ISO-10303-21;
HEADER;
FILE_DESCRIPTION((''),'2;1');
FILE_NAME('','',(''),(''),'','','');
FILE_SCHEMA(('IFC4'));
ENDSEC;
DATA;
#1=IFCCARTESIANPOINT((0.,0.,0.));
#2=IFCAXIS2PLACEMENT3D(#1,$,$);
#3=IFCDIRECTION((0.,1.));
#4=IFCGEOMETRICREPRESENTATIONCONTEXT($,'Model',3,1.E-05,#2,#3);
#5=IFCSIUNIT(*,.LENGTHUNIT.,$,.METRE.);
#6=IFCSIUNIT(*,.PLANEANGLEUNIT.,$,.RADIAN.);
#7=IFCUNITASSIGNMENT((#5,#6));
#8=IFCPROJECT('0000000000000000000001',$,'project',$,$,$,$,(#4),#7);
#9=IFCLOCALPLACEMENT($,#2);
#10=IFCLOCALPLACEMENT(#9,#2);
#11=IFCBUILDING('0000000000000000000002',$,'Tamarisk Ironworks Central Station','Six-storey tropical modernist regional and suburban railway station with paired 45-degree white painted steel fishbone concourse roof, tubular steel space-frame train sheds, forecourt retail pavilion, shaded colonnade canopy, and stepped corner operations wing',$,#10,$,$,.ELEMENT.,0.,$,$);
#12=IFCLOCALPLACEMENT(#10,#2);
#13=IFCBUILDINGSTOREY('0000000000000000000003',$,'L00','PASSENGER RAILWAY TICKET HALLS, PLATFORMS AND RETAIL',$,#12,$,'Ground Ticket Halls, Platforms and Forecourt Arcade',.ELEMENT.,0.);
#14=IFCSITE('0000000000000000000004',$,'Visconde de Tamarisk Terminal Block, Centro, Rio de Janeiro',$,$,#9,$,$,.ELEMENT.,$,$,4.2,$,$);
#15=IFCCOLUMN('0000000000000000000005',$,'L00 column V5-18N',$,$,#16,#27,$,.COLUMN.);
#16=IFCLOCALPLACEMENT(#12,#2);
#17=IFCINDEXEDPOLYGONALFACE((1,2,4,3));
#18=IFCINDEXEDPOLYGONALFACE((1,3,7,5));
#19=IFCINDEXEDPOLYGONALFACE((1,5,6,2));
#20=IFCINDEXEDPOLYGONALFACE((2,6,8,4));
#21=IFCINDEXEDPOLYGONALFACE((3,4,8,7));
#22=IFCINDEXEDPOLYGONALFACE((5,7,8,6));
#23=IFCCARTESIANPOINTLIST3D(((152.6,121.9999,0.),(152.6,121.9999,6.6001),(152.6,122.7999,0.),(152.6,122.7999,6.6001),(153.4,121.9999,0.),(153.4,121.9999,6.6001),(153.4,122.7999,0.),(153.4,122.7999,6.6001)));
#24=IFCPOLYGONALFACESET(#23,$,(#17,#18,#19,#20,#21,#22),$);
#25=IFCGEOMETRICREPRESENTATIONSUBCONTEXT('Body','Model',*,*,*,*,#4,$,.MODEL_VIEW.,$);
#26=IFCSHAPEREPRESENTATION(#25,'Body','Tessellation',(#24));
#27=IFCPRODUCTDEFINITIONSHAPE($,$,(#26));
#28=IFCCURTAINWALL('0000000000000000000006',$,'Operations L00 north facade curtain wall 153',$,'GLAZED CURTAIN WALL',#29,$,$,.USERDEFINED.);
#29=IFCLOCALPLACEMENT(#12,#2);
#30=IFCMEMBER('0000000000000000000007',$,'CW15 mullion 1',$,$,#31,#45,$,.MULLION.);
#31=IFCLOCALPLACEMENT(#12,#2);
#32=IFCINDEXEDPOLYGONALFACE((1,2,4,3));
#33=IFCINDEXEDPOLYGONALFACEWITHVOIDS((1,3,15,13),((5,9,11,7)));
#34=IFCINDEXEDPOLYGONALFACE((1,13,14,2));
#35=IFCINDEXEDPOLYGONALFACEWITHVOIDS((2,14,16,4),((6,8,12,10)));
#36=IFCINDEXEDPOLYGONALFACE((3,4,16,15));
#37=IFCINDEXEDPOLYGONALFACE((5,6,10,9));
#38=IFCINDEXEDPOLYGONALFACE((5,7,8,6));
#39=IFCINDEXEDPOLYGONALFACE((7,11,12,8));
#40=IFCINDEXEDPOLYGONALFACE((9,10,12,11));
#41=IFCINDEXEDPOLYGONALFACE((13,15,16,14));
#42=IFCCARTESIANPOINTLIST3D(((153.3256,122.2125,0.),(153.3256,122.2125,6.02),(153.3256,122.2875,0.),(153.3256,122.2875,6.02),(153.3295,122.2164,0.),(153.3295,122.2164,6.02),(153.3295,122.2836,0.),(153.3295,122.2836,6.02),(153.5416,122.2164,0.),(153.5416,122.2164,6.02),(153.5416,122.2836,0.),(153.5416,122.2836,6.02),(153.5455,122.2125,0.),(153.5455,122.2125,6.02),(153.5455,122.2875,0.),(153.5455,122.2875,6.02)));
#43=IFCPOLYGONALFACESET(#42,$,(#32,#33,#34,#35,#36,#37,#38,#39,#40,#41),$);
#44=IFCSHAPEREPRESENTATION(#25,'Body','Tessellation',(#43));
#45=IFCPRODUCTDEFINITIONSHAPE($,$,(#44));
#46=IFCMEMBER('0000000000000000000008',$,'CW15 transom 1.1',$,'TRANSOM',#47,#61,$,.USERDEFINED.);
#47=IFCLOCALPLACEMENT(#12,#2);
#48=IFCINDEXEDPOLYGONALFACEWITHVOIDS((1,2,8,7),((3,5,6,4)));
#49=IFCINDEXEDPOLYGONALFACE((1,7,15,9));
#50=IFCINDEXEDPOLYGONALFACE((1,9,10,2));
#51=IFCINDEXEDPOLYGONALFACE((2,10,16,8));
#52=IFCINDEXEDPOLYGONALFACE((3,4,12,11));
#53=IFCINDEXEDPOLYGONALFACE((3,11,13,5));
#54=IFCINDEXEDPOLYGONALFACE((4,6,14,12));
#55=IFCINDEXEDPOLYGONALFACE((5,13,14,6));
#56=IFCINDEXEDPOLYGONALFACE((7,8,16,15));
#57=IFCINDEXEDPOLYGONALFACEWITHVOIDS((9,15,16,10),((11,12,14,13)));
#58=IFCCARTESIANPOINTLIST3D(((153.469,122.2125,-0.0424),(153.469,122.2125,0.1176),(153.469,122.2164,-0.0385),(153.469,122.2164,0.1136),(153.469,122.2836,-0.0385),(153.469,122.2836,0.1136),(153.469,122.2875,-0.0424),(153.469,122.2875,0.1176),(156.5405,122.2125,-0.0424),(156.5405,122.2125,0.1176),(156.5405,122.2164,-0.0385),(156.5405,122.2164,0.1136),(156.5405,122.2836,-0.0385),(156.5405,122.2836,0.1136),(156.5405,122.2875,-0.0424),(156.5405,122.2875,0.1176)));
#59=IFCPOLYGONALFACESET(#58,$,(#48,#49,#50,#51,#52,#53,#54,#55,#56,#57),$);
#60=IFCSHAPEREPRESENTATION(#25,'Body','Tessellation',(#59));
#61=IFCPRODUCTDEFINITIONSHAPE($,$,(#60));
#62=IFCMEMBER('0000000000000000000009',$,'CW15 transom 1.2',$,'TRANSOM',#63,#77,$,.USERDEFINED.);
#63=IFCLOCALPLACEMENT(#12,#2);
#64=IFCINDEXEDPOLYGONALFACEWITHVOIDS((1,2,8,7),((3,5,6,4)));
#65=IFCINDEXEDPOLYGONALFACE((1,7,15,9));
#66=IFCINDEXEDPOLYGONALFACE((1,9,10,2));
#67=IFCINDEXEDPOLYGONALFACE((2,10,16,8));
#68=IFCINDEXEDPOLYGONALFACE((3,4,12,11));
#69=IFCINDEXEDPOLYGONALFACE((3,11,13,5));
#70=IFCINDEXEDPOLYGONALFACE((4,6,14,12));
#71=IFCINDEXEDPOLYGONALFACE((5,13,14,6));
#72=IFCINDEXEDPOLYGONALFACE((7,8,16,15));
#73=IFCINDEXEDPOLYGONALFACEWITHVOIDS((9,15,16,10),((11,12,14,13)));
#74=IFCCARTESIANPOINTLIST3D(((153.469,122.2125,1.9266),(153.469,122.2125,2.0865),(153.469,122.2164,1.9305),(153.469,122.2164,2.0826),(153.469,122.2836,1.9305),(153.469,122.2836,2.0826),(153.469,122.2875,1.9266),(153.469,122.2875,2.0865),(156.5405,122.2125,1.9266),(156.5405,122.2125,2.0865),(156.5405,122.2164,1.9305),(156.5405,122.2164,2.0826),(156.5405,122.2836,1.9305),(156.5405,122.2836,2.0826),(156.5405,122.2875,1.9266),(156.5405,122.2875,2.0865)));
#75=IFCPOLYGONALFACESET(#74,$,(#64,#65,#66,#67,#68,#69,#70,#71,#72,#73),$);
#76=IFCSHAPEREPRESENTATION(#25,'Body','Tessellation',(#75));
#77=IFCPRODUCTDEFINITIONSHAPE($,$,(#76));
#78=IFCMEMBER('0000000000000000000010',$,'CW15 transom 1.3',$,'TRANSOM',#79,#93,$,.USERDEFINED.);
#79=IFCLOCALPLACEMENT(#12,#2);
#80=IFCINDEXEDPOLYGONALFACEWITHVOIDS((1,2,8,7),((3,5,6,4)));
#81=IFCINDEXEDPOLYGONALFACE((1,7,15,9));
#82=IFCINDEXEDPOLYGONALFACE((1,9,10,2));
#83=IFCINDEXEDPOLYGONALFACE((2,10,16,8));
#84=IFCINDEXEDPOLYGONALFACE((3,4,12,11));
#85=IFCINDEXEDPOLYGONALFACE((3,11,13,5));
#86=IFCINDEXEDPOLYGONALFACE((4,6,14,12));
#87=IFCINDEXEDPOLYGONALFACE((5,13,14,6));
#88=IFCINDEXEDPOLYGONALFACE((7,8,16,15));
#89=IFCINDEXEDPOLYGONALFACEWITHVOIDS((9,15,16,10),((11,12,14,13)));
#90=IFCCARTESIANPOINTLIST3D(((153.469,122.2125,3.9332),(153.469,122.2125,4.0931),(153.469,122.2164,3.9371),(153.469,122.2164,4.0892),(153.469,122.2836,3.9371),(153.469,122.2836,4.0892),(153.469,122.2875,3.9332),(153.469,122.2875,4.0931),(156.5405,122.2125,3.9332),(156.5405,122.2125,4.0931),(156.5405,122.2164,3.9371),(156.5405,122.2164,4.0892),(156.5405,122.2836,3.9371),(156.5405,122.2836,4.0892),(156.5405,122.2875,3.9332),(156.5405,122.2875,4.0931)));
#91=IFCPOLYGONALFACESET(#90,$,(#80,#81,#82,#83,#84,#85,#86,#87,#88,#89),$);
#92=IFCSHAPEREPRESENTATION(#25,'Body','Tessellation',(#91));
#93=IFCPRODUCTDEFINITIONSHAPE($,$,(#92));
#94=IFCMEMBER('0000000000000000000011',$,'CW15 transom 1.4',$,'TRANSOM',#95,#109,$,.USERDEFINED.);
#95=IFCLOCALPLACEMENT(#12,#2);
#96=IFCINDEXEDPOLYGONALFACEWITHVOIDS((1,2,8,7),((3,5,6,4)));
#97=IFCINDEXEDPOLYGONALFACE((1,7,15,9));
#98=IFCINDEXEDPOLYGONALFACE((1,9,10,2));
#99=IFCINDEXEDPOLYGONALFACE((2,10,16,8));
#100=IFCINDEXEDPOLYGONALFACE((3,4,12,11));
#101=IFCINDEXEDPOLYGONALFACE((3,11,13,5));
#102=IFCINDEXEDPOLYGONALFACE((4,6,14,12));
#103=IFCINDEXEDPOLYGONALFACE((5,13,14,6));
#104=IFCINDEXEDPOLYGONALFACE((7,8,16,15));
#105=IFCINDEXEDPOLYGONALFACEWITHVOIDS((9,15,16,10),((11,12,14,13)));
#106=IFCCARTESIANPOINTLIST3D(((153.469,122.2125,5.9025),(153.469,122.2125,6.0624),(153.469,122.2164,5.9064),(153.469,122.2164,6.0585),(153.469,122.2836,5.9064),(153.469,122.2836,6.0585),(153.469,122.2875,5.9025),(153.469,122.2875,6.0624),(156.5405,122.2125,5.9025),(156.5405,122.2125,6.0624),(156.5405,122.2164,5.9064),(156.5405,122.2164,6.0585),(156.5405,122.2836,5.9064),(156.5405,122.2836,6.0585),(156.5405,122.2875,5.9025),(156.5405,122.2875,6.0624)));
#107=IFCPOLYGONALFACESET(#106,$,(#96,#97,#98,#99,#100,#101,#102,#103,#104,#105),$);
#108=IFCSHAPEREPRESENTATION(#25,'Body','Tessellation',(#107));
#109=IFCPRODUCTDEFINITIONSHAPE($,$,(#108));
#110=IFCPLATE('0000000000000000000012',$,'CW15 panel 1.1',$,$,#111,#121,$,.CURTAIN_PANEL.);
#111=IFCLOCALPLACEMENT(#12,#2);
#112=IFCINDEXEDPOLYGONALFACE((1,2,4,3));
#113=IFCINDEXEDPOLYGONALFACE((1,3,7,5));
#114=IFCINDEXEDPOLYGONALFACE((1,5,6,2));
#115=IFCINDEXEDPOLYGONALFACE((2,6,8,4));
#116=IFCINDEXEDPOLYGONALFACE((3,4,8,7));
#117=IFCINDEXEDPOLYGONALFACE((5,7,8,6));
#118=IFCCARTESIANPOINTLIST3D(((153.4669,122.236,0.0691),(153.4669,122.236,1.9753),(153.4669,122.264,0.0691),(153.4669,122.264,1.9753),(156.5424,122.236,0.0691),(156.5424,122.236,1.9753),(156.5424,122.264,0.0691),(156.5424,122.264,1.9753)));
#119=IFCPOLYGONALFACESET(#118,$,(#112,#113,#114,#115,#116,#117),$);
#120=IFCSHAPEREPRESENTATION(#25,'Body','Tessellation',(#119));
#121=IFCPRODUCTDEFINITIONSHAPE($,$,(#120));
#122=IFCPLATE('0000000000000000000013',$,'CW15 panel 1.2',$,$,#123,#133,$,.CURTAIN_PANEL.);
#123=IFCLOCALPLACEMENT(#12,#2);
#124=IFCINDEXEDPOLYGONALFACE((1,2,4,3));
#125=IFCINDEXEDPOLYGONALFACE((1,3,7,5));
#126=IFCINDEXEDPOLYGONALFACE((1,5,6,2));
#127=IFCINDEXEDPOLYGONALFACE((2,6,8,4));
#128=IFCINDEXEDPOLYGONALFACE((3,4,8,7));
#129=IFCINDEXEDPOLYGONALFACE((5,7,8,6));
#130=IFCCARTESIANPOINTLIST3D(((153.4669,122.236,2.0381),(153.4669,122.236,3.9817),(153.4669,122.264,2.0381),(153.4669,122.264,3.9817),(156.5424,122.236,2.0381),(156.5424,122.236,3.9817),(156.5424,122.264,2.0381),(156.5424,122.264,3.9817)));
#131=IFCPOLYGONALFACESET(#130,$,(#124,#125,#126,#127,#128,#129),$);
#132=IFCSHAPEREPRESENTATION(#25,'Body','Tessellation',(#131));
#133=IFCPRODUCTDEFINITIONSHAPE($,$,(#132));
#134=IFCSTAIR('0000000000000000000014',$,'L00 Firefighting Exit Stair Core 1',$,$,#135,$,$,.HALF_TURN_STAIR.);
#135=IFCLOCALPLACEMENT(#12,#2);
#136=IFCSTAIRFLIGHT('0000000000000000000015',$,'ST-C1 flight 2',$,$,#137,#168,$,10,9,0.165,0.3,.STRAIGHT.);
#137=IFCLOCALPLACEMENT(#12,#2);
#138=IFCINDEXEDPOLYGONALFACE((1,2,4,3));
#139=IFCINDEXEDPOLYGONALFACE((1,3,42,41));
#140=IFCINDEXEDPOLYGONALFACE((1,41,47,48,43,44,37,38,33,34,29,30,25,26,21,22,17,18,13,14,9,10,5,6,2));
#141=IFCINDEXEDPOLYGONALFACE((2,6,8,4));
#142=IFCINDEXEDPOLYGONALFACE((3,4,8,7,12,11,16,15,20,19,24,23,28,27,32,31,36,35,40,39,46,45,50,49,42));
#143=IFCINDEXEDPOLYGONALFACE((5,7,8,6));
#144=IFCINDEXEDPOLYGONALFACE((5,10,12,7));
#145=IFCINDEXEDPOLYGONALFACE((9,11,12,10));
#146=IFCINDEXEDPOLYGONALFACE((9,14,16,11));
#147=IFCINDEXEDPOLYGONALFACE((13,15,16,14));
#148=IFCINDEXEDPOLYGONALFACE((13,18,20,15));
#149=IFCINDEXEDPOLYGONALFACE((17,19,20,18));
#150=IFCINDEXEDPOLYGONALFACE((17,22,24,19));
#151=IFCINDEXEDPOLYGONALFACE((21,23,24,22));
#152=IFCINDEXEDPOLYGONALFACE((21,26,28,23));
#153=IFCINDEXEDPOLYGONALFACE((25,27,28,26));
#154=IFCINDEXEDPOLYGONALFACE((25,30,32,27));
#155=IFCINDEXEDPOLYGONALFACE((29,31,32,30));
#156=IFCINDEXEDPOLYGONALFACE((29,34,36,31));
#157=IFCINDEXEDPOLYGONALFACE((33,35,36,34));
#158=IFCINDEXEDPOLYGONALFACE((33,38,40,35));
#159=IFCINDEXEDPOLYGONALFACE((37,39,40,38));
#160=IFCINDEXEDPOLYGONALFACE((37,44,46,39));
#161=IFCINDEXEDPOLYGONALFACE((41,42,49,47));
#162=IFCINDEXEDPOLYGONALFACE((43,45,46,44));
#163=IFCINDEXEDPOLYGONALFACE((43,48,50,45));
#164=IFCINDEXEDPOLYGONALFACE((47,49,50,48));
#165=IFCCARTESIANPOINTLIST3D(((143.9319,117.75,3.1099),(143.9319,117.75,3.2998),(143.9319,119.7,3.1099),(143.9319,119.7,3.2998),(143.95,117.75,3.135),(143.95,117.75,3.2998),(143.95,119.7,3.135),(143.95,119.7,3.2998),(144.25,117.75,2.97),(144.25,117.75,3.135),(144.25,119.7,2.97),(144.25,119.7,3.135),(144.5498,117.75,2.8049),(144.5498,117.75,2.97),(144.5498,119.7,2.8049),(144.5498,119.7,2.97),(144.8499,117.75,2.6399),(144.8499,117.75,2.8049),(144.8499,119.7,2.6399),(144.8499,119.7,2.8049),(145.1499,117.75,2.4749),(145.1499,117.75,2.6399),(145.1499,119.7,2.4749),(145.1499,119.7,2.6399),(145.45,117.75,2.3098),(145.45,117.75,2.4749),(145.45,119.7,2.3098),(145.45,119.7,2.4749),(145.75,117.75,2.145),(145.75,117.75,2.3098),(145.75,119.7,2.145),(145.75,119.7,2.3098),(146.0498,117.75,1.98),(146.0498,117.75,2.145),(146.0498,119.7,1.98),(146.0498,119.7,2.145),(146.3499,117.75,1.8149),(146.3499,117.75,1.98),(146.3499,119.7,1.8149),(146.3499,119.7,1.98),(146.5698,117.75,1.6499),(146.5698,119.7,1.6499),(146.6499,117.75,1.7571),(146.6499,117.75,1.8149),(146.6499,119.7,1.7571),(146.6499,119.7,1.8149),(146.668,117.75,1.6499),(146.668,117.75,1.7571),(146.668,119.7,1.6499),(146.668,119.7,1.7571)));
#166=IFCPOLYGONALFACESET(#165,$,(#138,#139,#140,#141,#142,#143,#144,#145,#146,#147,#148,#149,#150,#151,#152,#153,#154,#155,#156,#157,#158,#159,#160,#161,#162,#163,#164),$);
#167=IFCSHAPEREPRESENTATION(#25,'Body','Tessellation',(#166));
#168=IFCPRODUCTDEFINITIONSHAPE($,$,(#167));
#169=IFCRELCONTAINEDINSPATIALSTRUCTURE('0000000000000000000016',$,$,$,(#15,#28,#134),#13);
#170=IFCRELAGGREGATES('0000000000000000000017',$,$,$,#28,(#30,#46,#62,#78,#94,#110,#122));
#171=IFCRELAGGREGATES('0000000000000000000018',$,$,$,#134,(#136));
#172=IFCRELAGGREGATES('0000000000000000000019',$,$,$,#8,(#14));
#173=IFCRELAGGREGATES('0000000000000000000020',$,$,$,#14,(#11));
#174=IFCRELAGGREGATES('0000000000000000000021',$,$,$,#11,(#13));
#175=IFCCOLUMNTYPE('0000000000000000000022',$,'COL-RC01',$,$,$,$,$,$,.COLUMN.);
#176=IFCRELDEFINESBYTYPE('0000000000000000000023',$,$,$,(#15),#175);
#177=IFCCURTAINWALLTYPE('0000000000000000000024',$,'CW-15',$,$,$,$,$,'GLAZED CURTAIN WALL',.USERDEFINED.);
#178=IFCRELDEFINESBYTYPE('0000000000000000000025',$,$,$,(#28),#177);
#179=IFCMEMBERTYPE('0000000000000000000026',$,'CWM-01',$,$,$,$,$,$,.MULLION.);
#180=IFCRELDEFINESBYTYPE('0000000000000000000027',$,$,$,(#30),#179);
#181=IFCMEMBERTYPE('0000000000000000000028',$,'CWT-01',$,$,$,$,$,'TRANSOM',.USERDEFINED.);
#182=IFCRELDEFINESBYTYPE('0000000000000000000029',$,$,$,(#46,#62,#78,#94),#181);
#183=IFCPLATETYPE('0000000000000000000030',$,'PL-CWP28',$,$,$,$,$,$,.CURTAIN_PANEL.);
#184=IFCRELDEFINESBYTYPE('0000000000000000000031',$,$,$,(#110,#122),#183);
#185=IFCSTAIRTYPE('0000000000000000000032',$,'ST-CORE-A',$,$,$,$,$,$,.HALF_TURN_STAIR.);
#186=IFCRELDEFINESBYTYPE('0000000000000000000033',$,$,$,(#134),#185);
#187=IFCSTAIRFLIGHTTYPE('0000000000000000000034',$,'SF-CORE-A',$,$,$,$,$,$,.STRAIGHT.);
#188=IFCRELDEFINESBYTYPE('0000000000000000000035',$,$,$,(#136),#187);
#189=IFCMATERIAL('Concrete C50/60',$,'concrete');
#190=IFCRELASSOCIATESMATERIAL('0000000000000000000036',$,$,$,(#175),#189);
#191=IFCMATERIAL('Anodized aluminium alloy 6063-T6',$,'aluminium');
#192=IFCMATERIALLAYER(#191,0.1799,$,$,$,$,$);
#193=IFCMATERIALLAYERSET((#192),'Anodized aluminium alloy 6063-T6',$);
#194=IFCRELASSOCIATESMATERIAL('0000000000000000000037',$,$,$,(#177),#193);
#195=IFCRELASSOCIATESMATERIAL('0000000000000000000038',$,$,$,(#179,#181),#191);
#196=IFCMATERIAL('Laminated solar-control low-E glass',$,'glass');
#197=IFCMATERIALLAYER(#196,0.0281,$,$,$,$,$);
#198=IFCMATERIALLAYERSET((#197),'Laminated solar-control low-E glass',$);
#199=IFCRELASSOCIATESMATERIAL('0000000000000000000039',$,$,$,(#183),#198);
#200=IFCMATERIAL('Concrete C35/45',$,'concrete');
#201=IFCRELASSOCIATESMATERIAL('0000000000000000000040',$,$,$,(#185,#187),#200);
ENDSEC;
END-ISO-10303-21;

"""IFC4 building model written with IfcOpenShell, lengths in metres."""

from ifc_helpers import new_model, si_unit, direction, frame, origin, origin_2d, place, context, subcontext, project, spatial, polyline, rectangle, hollow_rectangle, outline, extrude, material, layer, layer_set, material_profile, profile_set, type_object, element, aggregate, save


model = new_model("IFC4")

# Units and contexts
model_context = context("Model", 3, precision=1e-05, world=origin(), true_north=direction((0.0, 1.0)))
body_context = subcontext(model_context, "Body", "Model", "MODEL_VIEW")
ifc_project = project(units=[si_unit("LENGTHUNIT", "METRE"), si_unit("PLANEANGLEUNIT", "RADIAN")], contexts=[model_context])

# Site, building, storey
site_placement = place(None, origin())
site = spatial("IfcSite", under=ifc_project, at=site_placement, Name="Visconde de Tamarisk Terminal Block, Centro, Rio de Janeiro", CompositionType="ELEMENT", RefElevation=4.2)
building_placement = place(site_placement, origin())
building = spatial("IfcBuilding", under=site, at=building_placement, Name="Tamarisk Ironworks Central Station", Description="Six-storey tropical modernist regional and suburban railway station with paired 45-degree white painted steel fishbone concourse roof, tubular steel space-frame train sheds, forecourt retail pavilion, shaded colonnade canopy, and stepped corner operations wing", CompositionType="ELEMENT", ElevationOfRefHeight=0.0)
storey_placement = place(building_placement, origin())
storey = spatial("IfcBuildingStorey", under=building, at=storey_placement, Name="L00", Description="PASSENGER RAILWAY TICKET HALLS, PLATFORMS AND RETAIL", LongName="Ground Ticket Halls, Platforms and Forecourt Arcade", CompositionType="ELEMENT", Elevation=0.0)

# Column
ifc_material_1 = material(Name="Concrete C50/60", Category="concrete")
ifc_material_profile_1 = material_profile(ifc_material_1, rectangle(XDim=0.8, YDim=0.8, at=origin_2d()), Name="RC 800x800")
ifc_profile_set_1 = profile_set([ifc_material_profile_1], Name="Concrete C50/60")
column_type = type_object("IfcColumnType", Name="COL-RC01", PredefinedType="COLUMN", material=ifc_profile_set_1)
column_placement = place(storey_placement, frame((153.0, 122.3999, 0.0), z_axis=(0.0, 0.0, 1.0), x_axis=(1.0, 0.0, 0.0)))
element("IfcColumn", 1, at=column_placement, inside=storey, type_object=column_type, Name="L00 column V5-18N", PredefinedType="COLUMN", context=body_context, shape_type="SweptSolid", body=[
    extrude(rectangle(XDim=0.8, YDim=0.8, at=origin_2d()), origin(), (0.0, 0.0, 1.0), 6.6001),
])

# Curtain wall, members, plates
ifc_material_2 = material(Name="Anodized aluminium alloy 6063-T6", Category="aluminium")
ifc_layer_1 = layer(ifc_material_2, 0.1799)
ifc_layer_set_1 = layer_set([ifc_layer_1], Name="Anodized aluminium alloy 6063-T6")
curtain_wall_type = type_object("IfcCurtainWallType", Name="CW-15", ElementType="GLAZED CURTAIN WALL", PredefinedType="USERDEFINED", material=ifc_layer_set_1)
curtain_wall_placement = place(storey_placement, origin())
curtain_wall = element("IfcCurtainWall", 2, at=curtain_wall_placement, inside=storey, type_object=curtain_wall_type, Name="Operations L00 north facade curtain wall 153", ObjectType="GLAZED CURTAIN WALL", PredefinedType="USERDEFINED")
ifc_material_profile_2 = material_profile(ifc_material_2, hollow_rectangle(XDim=0.075, YDim=0.22, WallThickness=0.0039, at=origin_2d()), Name="ALUM 220x75")
ifc_profile_set_2 = profile_set([ifc_material_profile_2], Name="Anodized aluminium alloy 6063-T6")
member_type_1 = type_object("IfcMemberType", Name="CWM-01", PredefinedType="MULLION", material=ifc_profile_set_2)
member_1_placement = place(storey_placement, frame((153.4355, 122.25, 0.0), z_axis=(0.0, 0.0, 1.0), x_axis=(0.0, 1.0, 0.0)))
member_1 = element("IfcMember", 3, at=member_1_placement, type_object=member_type_1, Name="CW15 mullion 1", PredefinedType="MULLION", context=body_context, shape_type="SweptSolid", body=[
    extrude(hollow_rectangle(XDim=0.075, YDim=0.22, WallThickness=0.0039, at=origin_2d()), origin(), (0.0, 0.0, 1.0), 6.02),
])
ifc_material_profile_3 = material_profile(ifc_material_2, hollow_rectangle(XDim=0.075, YDim=0.1599, WallThickness=0.0039, at=origin_2d()), Name="ALUM 160x75")
ifc_profile_set_3 = profile_set([ifc_material_profile_3], Name="Anodized aluminium alloy 6063-T6")
member_type_2 = type_object("IfcMemberType", Name="CWT-01", ElementType="TRANSOM", PredefinedType="USERDEFINED", material=ifc_profile_set_3)
member_2_placement = place(storey_placement, frame((153.469, 122.25, 0.0376), z_axis=(1.0, 0.0, 0.0), x_axis=(0.0, 1.0, 0.0)))
member_2 = element("IfcMember", 4, at=member_2_placement, type_object=member_type_2, Name="CW15 transom 1.1", ObjectType="TRANSOM", PredefinedType="USERDEFINED", context=body_context, shape_type="SweptSolid", body=[
    extrude(hollow_rectangle(XDim=0.075, YDim=0.1599, WallThickness=0.0039, at=origin_2d()), origin(), (0.0, 0.0, 1.0), 3.0715),
])
member_3_placement = place(storey_placement, frame((153.469, 122.25, 2.0066), z_axis=(1.0, 0.0, 0.0), x_axis=(0.0, 1.0, 0.0)))
member_3 = element("IfcMember", 5, at=member_3_placement, type_object=member_type_2, Name="CW15 transom 1.2", ObjectType="TRANSOM", PredefinedType="USERDEFINED", context=body_context, shape_type="SweptSolid", body=[
    extrude(hollow_rectangle(XDim=0.075, YDim=0.1599, WallThickness=0.0039, at=origin_2d()), origin(), (0.0, 0.0, 1.0), 3.0715),
])
member_4_placement = place(storey_placement, frame((153.469, 122.25, 4.0132), z_axis=(1.0, 0.0, 0.0), x_axis=(0.0, 1.0, 0.0)))
member_4 = element("IfcMember", 6, at=member_4_placement, type_object=member_type_2, Name="CW15 transom 1.3", ObjectType="TRANSOM", PredefinedType="USERDEFINED", context=body_context, shape_type="SweptSolid", body=[
    extrude(hollow_rectangle(XDim=0.075, YDim=0.1599, WallThickness=0.0039, at=origin_2d()), origin(), (0.0, 0.0, 1.0), 3.0715),
])
member_5_placement = place(storey_placement, frame((153.469, 122.25, 5.9824), z_axis=(1.0, 0.0, 0.0), x_axis=(0.0, 1.0, 0.0)))
member_5 = element("IfcMember", 7, at=member_5_placement, type_object=member_type_2, Name="CW15 transom 1.4", ObjectType="TRANSOM", PredefinedType="USERDEFINED", context=body_context, shape_type="SweptSolid", body=[
    extrude(hollow_rectangle(XDim=0.075, YDim=0.1599, WallThickness=0.0039, at=origin_2d()), origin(), (0.0, 0.0, 1.0), 3.0715),
])
ifc_material_3 = material(Name="Laminated solar-control low-E glass", Category="glass")
ifc_layer_2 = layer(ifc_material_3, 0.0281)
ifc_layer_set_2 = layer_set([ifc_layer_2], Name="Laminated solar-control low-E glass")
plate_type = type_object("IfcPlateType", Name="PL-CWP28", PredefinedType="CURTAIN_PANEL", material=ifc_layer_set_2)
plate_1_placement = place(storey_placement, frame((155.0046, 122.25, 0.0691), z_axis=(0.0, 0.0, 1.0), x_axis=(1.0, 0.0, 0.0)))
plate_1 = element("IfcPlate", 8, at=plate_1_placement, type_object=plate_type, Name="CW15 panel 1.1", PredefinedType="CURTAIN_PANEL", context=body_context, shape_type="SweptSolid", body=[
    extrude(rectangle(XDim=3.0754, YDim=0.0281, at=origin_2d()), origin(), (0.0, 0.0, 1.0), 1.9062),
])
plate_2_placement = place(storey_placement, frame((155.0046, 122.25, 2.0381), z_axis=(0.0, 0.0, 1.0), x_axis=(1.0, 0.0, 0.0)))
plate_2 = element("IfcPlate", 9, at=plate_2_placement, type_object=plate_type, Name="CW15 panel 1.2", PredefinedType="CURTAIN_PANEL", context=body_context, shape_type="SweptSolid", body=[
    extrude(rectangle(XDim=3.0754, YDim=0.0281, at=origin_2d()), origin(), (0.0, 0.0, 1.0), 1.9436),
])
aggregate(curtain_wall, [member_1, member_2, member_3, member_4, member_5, plate_1, plate_2])

# Stair, stair flight
ifc_material_4 = material(Name="Concrete C35/45", Category="concrete")
stair_type = type_object("IfcStairType", Name="ST-CORE-A", PredefinedType="HALF_TURN_STAIR", material=ifc_material_4)
stair_placement = place(storey_placement, origin())
stair = element("IfcStair", 10, at=stair_placement, inside=storey, type_object=stair_type, Name="L00 Firefighting Exit Stair Core 1", PredefinedType="HALF_TURN_STAIR")
stair_flight_type = type_object("IfcStairFlightType", Name="SF-CORE-A", PredefinedType="STRAIGHT", material=ifc_material_4)
stair_flight_1_placement = place(storey_placement, frame((146.6499, 118.7251, 1.6499), z_axis=(0.0, 0.0, 1.0), x_axis=(-1.0, 0.0, 0.0)))
stair_flight_1 = element("IfcStairFlight", 11, at=stair_flight_1_placement, type_object=stair_flight_type, Name="ST-C1 flight 2", NumberOfRisers=10, NumberOfTreads=9, PredefinedType="STRAIGHT", RiserHeight=0.165, TreadLength=0.3, context=body_context, shape_type="SweptSolid", body=[
    extrude(outline(polyline([(-0.0181, 0.0), (-0.0181, 0.1072), (0.0, 0.1072), (0.0, 0.165), (0.3, 0.165), (0.3, 0.3301), (0.6001, 0.3301), (0.6001, 0.4951), (0.8999, 0.4951), (0.8999, 0.6599), (1.2, 0.6599), (1.2, 0.825), (1.5, 0.825), (1.5, 0.99), (1.8, 0.99), (1.8, 1.155), (2.1001, 1.155), (2.1001, 1.3201), (2.3999, 1.3201), (2.3999, 1.4851), (2.7, 1.4851), (2.7, 1.6499), (2.718, 1.6499), (2.718, 1.46), (0.0801, 0.0), (-0.0181, 0.0)])), frame((0.0, 0.9751, 0.0), z_axis=(0.0, -1.0, 0.0), x_axis=(1.0, 0.0, 0.0)), (0.0, 0.0, 1.0), 1.95),
])
aggregate(stair, [stair_flight_1])

save(model, "model.ifc")
